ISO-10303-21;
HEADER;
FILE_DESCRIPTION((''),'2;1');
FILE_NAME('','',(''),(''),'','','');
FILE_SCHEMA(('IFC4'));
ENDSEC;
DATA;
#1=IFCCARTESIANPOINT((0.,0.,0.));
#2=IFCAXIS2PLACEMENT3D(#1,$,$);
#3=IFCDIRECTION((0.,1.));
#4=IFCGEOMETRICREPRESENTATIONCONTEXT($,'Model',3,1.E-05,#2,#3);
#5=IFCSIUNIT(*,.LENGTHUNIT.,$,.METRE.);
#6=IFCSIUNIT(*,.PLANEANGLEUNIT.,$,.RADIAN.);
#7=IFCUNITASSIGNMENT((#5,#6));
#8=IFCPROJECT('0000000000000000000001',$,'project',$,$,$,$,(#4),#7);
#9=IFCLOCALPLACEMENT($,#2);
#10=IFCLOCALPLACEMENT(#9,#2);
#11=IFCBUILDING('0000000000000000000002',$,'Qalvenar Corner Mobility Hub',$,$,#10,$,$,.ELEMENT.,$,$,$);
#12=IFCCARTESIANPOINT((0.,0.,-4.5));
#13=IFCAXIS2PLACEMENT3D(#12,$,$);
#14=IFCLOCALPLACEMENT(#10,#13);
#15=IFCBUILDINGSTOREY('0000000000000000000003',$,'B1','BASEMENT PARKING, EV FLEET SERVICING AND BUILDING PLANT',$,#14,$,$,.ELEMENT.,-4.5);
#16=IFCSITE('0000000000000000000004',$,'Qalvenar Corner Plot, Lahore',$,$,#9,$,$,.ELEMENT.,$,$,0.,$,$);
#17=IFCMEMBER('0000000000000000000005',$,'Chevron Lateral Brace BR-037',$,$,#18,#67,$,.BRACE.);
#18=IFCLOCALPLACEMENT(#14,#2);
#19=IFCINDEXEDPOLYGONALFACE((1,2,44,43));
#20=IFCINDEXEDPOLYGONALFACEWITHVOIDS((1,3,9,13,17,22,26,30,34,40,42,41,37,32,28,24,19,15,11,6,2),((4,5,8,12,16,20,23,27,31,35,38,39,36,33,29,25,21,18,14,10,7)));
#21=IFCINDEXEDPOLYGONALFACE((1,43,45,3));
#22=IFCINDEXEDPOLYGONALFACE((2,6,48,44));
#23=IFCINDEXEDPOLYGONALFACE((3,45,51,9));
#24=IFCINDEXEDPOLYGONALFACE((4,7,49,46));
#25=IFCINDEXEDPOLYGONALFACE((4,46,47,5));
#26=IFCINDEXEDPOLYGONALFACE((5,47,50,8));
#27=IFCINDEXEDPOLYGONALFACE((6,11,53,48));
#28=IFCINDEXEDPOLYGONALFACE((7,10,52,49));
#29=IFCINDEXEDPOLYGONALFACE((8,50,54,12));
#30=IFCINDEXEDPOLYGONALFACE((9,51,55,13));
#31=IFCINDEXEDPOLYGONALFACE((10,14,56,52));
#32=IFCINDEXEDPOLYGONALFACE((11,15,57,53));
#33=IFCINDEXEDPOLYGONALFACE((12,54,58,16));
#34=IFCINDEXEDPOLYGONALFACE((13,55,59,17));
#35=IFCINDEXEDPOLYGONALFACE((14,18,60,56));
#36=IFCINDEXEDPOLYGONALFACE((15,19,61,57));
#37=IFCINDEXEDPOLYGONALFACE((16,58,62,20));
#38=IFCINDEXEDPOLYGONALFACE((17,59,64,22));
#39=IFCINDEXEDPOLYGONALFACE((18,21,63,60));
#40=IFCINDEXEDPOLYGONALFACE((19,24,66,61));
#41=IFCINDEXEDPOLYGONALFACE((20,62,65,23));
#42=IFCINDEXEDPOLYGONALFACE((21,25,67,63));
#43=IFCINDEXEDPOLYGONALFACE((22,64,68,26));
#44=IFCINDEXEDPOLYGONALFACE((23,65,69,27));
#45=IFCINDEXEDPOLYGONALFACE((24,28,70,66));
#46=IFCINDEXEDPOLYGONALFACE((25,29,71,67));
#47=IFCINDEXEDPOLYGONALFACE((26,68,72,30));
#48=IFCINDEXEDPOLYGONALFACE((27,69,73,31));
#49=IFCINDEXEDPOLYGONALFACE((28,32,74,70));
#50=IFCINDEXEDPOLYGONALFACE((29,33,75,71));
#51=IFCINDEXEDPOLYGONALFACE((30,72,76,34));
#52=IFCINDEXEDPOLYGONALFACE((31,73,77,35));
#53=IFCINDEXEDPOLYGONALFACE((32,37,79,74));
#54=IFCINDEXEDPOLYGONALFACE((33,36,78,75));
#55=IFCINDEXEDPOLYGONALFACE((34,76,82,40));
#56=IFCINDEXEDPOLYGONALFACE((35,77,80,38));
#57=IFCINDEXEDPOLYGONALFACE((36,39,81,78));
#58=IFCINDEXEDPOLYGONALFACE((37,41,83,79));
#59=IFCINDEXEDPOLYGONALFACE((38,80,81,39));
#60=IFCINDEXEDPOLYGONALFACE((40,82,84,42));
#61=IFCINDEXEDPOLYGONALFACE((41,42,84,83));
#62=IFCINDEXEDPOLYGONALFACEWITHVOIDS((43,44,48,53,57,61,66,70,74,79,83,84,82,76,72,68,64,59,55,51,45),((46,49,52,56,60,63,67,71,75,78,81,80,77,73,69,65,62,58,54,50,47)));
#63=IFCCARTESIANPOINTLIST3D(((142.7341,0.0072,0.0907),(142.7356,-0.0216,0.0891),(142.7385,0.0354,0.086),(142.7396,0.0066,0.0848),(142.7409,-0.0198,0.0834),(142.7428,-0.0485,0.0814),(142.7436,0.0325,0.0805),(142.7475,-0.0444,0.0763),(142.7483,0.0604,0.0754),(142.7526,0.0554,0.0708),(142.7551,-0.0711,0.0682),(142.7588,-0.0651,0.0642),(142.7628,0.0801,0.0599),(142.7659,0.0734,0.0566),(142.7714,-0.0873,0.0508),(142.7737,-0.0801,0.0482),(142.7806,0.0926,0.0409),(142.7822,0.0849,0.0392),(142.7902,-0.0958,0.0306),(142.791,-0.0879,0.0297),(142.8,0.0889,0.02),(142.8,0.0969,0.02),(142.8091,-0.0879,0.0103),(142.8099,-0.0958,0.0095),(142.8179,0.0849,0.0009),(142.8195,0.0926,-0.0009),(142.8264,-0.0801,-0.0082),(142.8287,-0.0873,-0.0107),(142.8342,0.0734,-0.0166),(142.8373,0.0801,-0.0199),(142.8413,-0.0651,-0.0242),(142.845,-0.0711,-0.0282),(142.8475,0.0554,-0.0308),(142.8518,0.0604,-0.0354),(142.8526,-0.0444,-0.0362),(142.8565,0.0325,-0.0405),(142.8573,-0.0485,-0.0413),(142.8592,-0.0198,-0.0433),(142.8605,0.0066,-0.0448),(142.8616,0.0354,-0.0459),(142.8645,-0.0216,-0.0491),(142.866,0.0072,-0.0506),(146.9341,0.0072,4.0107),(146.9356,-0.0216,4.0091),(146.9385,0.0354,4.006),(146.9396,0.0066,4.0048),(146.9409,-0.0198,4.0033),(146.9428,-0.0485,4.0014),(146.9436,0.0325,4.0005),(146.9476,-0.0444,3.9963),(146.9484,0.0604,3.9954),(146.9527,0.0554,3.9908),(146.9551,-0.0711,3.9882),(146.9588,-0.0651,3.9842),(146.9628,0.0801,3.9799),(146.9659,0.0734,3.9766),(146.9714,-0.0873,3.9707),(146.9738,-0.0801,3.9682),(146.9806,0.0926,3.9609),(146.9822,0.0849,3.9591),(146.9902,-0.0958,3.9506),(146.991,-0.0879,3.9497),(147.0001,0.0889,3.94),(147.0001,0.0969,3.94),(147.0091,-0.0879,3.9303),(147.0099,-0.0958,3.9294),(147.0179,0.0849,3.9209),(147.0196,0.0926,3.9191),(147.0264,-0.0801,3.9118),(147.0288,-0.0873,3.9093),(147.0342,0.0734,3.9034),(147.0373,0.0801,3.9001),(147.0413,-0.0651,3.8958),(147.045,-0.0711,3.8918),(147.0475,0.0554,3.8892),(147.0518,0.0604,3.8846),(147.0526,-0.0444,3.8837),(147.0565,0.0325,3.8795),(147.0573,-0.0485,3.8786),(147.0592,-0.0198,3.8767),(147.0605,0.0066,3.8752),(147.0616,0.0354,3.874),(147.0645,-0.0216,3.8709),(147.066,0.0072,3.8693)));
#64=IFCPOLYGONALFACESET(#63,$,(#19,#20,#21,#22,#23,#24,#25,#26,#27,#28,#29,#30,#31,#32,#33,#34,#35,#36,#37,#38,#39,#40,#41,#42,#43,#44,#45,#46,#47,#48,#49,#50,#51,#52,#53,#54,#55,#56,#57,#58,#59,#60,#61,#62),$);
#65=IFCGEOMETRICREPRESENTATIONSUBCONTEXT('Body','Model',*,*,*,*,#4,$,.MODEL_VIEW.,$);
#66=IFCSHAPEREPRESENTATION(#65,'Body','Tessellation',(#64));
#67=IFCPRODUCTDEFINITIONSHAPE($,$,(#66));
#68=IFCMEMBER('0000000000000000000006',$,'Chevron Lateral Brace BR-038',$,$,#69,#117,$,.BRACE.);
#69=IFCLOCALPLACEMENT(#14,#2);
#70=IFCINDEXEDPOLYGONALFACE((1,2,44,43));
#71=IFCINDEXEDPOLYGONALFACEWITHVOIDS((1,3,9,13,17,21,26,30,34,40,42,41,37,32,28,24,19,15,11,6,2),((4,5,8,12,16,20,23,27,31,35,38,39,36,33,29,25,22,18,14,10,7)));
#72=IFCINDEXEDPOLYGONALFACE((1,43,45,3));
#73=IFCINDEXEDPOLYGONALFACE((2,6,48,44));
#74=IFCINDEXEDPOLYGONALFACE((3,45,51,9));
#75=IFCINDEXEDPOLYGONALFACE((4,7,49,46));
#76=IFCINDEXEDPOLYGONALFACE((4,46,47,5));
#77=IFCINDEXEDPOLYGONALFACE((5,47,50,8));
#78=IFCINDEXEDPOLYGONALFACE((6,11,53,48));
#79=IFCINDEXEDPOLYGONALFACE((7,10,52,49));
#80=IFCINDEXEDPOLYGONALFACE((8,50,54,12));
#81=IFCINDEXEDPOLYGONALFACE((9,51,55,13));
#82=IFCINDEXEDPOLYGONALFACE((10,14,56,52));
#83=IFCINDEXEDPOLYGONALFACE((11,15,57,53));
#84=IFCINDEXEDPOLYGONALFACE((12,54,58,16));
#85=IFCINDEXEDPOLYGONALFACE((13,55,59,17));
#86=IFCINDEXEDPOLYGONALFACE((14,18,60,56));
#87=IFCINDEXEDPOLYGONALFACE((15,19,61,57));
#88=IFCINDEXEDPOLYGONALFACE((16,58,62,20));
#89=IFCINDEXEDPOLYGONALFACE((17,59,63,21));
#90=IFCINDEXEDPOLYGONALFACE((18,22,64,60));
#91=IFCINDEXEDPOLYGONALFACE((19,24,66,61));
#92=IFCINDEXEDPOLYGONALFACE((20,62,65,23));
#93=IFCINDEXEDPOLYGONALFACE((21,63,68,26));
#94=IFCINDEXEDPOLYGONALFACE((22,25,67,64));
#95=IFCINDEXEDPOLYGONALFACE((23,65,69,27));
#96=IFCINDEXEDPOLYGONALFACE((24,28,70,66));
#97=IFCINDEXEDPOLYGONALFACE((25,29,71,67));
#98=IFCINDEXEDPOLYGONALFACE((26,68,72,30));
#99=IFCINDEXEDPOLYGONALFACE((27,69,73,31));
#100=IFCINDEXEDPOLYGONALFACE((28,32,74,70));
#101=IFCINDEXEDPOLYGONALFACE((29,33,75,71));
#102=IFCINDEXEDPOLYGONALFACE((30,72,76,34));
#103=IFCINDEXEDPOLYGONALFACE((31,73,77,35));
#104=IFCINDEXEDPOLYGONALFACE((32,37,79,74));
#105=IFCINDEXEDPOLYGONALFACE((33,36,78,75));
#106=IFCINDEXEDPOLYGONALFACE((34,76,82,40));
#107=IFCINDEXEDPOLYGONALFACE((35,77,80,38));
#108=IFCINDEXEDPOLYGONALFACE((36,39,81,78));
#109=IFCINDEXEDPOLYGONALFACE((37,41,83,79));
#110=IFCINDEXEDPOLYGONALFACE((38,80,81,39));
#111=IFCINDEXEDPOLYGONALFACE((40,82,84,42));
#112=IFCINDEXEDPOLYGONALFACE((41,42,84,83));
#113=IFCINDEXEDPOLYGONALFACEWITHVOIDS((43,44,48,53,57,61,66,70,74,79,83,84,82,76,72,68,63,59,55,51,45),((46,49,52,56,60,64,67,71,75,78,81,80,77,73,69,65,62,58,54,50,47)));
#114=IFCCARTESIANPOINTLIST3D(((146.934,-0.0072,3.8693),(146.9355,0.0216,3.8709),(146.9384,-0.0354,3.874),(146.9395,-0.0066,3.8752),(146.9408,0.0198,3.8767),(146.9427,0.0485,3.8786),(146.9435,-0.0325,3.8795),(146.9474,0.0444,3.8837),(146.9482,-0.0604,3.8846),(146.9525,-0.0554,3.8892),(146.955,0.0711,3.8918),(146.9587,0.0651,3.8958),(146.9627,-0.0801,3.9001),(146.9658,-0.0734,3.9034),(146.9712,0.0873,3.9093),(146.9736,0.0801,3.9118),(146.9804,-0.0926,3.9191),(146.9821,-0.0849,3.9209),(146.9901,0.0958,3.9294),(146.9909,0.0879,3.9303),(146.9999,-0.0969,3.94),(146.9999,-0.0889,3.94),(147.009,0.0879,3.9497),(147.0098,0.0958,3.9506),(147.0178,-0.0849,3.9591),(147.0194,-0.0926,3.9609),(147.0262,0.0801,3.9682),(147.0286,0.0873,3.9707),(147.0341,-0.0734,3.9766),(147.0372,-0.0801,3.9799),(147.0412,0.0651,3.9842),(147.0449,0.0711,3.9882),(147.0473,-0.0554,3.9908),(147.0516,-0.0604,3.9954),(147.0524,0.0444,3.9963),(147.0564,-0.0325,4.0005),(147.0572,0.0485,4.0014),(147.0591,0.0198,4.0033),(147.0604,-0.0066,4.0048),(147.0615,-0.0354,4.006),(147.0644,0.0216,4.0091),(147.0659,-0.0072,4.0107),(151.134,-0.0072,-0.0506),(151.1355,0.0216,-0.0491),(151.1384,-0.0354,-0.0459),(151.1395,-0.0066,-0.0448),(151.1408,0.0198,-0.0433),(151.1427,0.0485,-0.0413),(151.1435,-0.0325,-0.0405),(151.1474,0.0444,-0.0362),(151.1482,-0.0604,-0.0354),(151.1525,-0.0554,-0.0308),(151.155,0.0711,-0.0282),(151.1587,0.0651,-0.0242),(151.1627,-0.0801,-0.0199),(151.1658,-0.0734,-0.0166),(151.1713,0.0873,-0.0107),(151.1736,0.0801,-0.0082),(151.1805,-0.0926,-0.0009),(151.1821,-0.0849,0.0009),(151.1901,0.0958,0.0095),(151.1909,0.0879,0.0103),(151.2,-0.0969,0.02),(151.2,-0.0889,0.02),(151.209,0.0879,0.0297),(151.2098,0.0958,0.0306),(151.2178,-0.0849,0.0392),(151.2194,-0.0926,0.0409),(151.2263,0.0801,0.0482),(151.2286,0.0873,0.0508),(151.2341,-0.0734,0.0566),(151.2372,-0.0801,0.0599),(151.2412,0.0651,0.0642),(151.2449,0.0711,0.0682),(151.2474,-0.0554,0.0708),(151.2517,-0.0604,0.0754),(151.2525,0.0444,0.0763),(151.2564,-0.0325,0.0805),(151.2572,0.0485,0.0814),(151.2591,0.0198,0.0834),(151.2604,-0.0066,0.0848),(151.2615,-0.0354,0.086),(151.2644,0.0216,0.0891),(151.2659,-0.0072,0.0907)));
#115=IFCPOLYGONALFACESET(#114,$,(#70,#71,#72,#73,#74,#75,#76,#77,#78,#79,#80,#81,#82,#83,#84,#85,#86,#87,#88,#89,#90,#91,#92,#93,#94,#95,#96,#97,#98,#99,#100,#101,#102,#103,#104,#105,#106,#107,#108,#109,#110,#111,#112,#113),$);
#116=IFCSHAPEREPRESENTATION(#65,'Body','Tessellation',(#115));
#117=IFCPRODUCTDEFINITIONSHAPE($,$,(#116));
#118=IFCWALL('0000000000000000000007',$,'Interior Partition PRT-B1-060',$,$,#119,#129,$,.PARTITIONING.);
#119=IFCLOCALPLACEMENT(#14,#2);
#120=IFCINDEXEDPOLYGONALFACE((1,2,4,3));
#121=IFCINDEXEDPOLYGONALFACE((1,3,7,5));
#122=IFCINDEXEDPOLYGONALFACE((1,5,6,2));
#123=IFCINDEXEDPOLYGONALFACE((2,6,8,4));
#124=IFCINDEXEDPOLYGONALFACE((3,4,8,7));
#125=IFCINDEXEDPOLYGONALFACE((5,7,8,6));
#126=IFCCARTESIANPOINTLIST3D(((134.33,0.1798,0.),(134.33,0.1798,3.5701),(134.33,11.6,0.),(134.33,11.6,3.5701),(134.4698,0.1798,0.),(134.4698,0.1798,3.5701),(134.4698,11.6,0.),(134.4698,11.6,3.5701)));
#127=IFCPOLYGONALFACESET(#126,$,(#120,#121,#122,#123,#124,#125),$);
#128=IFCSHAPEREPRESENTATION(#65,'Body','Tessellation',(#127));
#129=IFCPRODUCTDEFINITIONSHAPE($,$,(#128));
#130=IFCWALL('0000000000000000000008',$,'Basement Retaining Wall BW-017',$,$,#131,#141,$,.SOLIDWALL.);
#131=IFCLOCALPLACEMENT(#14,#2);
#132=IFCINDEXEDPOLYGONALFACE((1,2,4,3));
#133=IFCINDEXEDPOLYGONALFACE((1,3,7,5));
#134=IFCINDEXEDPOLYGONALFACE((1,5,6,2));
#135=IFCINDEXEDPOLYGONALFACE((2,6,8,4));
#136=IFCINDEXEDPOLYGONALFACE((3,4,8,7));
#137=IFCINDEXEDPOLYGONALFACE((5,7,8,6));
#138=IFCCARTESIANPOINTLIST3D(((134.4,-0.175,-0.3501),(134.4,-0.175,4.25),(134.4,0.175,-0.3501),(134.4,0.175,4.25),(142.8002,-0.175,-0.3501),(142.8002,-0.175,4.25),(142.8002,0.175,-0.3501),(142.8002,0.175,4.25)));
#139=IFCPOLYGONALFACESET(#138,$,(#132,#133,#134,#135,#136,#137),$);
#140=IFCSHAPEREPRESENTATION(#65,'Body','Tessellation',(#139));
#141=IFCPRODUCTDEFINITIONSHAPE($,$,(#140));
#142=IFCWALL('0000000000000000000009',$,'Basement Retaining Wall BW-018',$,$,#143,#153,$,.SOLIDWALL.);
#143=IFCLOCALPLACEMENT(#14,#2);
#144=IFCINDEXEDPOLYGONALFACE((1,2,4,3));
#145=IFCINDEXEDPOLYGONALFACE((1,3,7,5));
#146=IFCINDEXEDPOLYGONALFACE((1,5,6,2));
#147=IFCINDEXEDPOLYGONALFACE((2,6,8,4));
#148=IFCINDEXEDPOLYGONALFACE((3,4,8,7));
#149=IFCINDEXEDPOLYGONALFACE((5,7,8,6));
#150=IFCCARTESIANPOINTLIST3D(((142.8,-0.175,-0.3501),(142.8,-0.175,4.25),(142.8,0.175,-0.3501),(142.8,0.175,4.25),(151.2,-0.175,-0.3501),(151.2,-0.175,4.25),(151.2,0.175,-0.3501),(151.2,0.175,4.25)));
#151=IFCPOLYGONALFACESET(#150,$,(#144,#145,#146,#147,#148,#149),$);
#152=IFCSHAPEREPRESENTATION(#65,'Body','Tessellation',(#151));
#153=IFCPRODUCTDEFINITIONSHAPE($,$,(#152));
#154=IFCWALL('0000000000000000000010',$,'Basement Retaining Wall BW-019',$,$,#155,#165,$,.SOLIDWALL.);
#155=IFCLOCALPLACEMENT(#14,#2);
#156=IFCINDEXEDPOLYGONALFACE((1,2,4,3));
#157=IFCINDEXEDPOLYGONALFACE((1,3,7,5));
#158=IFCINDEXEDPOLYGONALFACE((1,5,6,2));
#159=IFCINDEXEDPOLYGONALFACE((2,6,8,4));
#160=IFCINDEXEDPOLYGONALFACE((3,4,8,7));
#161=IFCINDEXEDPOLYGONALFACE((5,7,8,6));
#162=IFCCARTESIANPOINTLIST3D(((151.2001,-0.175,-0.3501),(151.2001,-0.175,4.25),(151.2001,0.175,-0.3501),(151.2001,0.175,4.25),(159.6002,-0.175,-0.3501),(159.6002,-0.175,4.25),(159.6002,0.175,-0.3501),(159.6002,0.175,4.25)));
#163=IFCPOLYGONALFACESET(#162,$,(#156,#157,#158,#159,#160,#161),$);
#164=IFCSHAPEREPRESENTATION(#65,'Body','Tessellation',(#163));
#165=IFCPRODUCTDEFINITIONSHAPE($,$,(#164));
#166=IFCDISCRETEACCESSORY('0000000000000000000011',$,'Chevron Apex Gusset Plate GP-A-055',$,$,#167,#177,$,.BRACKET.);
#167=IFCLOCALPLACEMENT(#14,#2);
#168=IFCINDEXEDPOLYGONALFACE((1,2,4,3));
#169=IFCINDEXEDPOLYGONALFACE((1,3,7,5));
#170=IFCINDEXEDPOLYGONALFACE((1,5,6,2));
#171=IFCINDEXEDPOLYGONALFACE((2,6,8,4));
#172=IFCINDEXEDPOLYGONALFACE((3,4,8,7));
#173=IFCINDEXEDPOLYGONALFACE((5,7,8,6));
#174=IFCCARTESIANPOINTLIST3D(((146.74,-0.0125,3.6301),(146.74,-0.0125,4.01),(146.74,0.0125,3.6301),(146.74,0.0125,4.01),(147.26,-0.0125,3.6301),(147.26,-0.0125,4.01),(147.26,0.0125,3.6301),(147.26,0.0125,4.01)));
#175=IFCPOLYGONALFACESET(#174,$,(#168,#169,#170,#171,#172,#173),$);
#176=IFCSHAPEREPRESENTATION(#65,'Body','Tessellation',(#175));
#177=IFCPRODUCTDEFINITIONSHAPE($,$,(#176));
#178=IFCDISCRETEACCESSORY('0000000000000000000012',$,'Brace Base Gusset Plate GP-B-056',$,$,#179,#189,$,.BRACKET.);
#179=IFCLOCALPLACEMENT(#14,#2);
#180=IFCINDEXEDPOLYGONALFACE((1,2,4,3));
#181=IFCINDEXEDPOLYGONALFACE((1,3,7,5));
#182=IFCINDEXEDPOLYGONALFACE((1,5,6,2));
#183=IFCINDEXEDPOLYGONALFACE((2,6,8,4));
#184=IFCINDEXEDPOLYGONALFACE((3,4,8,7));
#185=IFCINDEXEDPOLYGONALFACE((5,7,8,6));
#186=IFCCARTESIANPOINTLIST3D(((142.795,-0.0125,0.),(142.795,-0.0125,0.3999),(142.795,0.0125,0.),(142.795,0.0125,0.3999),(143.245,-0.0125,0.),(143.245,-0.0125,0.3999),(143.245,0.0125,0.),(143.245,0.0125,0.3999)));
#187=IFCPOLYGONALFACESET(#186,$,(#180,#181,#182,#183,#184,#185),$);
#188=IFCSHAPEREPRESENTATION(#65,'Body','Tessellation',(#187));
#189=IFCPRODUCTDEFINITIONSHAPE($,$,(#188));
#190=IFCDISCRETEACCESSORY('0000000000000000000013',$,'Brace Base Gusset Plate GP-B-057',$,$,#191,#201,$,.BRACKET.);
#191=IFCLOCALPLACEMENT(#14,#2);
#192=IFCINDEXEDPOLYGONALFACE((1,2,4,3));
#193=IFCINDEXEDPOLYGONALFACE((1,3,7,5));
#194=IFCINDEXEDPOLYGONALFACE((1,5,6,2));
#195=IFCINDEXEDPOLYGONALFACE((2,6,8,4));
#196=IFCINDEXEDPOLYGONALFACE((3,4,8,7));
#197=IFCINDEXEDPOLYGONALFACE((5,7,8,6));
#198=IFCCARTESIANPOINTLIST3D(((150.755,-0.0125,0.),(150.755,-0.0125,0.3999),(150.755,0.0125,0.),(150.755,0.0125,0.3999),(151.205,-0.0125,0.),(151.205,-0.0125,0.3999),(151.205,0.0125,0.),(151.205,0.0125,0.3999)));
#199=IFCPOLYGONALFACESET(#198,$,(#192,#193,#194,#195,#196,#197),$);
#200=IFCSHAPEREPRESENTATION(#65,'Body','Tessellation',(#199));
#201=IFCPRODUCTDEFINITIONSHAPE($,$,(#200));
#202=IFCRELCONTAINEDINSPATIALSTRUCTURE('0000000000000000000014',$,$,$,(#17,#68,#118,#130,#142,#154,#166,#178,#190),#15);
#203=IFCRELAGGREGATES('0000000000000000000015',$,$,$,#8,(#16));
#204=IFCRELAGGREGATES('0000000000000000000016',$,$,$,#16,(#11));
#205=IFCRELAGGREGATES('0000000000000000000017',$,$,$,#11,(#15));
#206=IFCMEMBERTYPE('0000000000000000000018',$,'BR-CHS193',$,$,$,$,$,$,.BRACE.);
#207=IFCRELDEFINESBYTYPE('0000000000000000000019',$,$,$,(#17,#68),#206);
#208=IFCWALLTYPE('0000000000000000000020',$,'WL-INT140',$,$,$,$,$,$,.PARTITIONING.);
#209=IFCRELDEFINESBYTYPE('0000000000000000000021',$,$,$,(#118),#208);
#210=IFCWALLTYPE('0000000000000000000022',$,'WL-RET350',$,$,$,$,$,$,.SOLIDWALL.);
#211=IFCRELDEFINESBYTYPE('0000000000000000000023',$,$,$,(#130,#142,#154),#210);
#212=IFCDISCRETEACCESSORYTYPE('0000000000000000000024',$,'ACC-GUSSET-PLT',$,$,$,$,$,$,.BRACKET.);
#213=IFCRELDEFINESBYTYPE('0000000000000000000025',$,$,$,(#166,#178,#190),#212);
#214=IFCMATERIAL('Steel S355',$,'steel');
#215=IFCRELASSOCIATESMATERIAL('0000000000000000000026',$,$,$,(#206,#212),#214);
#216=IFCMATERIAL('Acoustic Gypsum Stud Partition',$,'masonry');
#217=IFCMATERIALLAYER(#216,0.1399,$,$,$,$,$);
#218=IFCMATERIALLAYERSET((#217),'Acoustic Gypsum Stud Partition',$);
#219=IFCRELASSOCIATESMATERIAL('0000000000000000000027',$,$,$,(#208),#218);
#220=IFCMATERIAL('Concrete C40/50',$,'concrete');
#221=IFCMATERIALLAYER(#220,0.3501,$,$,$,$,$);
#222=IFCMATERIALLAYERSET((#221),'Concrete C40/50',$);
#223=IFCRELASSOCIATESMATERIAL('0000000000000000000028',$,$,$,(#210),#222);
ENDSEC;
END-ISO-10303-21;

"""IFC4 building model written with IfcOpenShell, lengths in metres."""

from ifc_helpers import new_model, si_unit, direction, frame, frame_2d, origin, origin_2d, place, context, subcontext, project, spatial, rectangle, hollow_circle, extrude, material, layer, layer_set, material_profile, profile_set, type_object, element, save


model = new_model("IFC4")

# Units and contexts
model_context = context("Model", 3, precision=1e-05, world=origin(), true_north=direction((0.0, 1.0)))
body_context = subcontext(model_context, "Body", "Model", "MODEL_VIEW")
ifc_project = project(units=[si_unit("LENGTHUNIT", "METRE"), si_unit("PLANEANGLEUNIT", "RADIAN")], contexts=[model_context])

# Site, building, storey
site_placement = place(None, origin())
site = spatial("IfcSite", under=ifc_project, at=site_placement, Name="Qalvenar Corner Plot, Lahore", CompositionType="ELEMENT", RefElevation=0.0)
building_placement = place(site_placement, origin())
building = spatial("IfcBuilding", under=site, at=building_placement, Name="Qalvenar Corner Mobility Hub", CompositionType="ELEMENT")
storey_placement = place(building_placement, frame((0.0, 0.0, -4.5)))
storey = spatial("IfcBuildingStorey", under=building, at=storey_placement, Name="B1", Description="BASEMENT PARKING, EV FLEET SERVICING AND BUILDING PLANT", CompositionType="ELEMENT", Elevation=-4.5)

# Shared definitions
ifc_material_1 = material(Name="Concrete C40/50", Category="concrete")

# Shared definitions
ifc_material_2 = material(Name="Steel S355", Category="steel")

# Members
ifc_material_profile_1 = material_profile(ifc_material_2, hollow_circle(Radius=0.0969, WallThickness=0.0081, at=origin_2d()), Name="CHS193.7x8")
ifc_profile_set_1 = profile_set([ifc_material_profile_1], Name="Steel S355")
member_type = type_object("IfcMemberType", Name="BR-CHS193", PredefinedType="BRACE", material=ifc_profile_set_1)
for number, where, z_axis, x_axis, name in (
    (1, (142.8, 0.0, 0.02), (0.731058, 0.0, 0.682315), (0.0, 1.0, 0.0), "Chevron Lateral Brace BR-037"),
    (2, (151.2, 0.0, 0.02), (-0.731058, 0.0, 0.682315), (0.0, -1.0, 0.0), "Chevron Lateral Brace BR-038"),
):
    element("IfcMember", number, at=place(storey_placement, frame(where, z_axis=z_axis, x_axis=x_axis)), inside=storey, type_object=member_type, Name=name, PredefinedType="BRACE", context=body_context, shape_type="SweptSolid", body=[
        extrude(hollow_circle(Radius=0.0969, WallThickness=0.0081, at=origin_2d()), origin(), (0.0, 0.0, 1.0), 5.7451),
    ])

# Walls
ifc_material_3 = material(Name="Acoustic Gypsum Stud Partition", Category="masonry")
ifc_layer_1 = layer(ifc_material_3, 0.1399)
ifc_layer_set_1 = layer_set([ifc_layer_1], Name="Acoustic Gypsum Stud Partition")
wall_type_1 = type_object("IfcWallType", Name="WL-INT140", PredefinedType="PARTITIONING", material=ifc_layer_set_1)
wall_1_placement = place(storey_placement, frame((134.3999, 0.1799, 0.0), z_axis=(0.0, 0.0, 1.0), x_axis=(0.0, 1.0, 0.0)))
element("IfcWall", 3, at=wall_1_placement, inside=storey, type_object=wall_type_1, Name="Interior Partition PRT-B1-060", PredefinedType="PARTITIONING", context=body_context, shape_type="SweptSolid", body=[
    extrude(rectangle(XDim=11.4202, YDim=0.1399, at=frame_2d((5.71, 0.0))), origin(), (0.0, 0.0, 1.0), 3.5701),
])
ifc_layer_2 = layer(ifc_material_1, 0.3501)
ifc_layer_set_2 = layer_set([ifc_layer_2], Name="Concrete C40/50")
wall_type_2 = type_object("IfcWallType", Name="WL-RET350", PredefinedType="SOLIDWALL", material=ifc_layer_set_2)
wall_2_placement = place(storey_placement, frame((134.3999, 0.0, -0.3501), z_axis=(0.0, 0.0, 1.0), x_axis=(1.0, 0.0, 0.0)))
element("IfcWall", 4, at=wall_2_placement, inside=storey, type_object=wall_type_2, Name="Basement Retaining Wall BW-017", PredefinedType="SOLIDWALL", context=body_context, shape_type="SweptSolid", body=[
    extrude(rectangle(XDim=8.4001, YDim=0.3501, at=frame_2d((4.2002, 0.0))), origin(), (0.0, 0.0, 1.0), 4.6001),
])
wall_3_placement = place(storey_placement, frame((142.8, 0.0, -0.3501), z_axis=(0.0, 0.0, 1.0), x_axis=(1.0, 0.0, 0.0)))
element("IfcWall", 5, at=wall_3_placement, inside=storey, type_object=wall_type_2, Name="Basement Retaining Wall BW-018", PredefinedType="SOLIDWALL", context=body_context, shape_type="SweptSolid", body=[
    extrude(rectangle(XDim=8.3999, YDim=0.3501, at=frame_2d((4.2, 0.0))), origin(), (0.0, 0.0, 1.0), 4.6001),
])
wall_4_placement = place(storey_placement, frame((151.2, 0.0, -0.3501), z_axis=(0.0, 0.0, 1.0), x_axis=(1.0, 0.0, 0.0)))
element("IfcWall", 6, at=wall_4_placement, inside=storey, type_object=wall_type_2, Name="Basement Retaining Wall BW-019", PredefinedType="SOLIDWALL", context=body_context, shape_type="SweptSolid", body=[
    extrude(rectangle(XDim=8.4001, YDim=0.3501, at=frame_2d((4.2002, 0.0))), origin(), (0.0, 0.0, 1.0), 4.6001),
])

# Discrete accessories
discrete_accessory_type = type_object("IfcDiscreteAccessoryType", Name="ACC-GUSSET-PLT", PredefinedType="BRACKET", material=ifc_material_2)
discrete_accessory_placement = place(storey_placement, frame((147.0, 0.0, 3.6301), z_axis=(0.0, 0.0, 1.0), x_axis=(1.0, 0.0, 0.0)))
element("IfcDiscreteAccessory", 7, at=discrete_accessory_placement, inside=storey, type_object=discrete_accessory_type, Name="Chevron Apex Gusset Plate GP-A-055", PredefinedType="BRACKET", context=body_context, shape_type="SweptSolid", body=[
    extrude(rectangle(XDim=0.52, YDim=0.0249, at=origin_2d()), origin(), (0.0, 0.0, 1.0), 0.3799),
])
for number, where, z_axis, x_axis, name in (
    (8, (143.02, 0.0, 0.0), (0.0, 0.0, 1.0), (1.0, 0.0, 0.0), "Brace Base Gusset Plate GP-B-056"),
    (9, (150.98, 0.0, 0.0), (0.0, 0.0, 1.0), (1.0, 0.0, 0.0), "Brace Base Gusset Plate GP-B-057"),
):
    element("IfcDiscreteAccessory", number, at=place(storey_placement, frame(where, z_axis=z_axis, x_axis=x_axis)), inside=storey, type_object=discrete_accessory_type, Name=name, PredefinedType="BRACKET", context=body_context, shape_type="SweptSolid", body=[
        extrude(rectangle(XDim=0.45, YDim=0.0249, at=origin_2d()), origin(), (0.0, 0.0, 1.0), 0.3999),
    ])

save(model, "model.ifc")
